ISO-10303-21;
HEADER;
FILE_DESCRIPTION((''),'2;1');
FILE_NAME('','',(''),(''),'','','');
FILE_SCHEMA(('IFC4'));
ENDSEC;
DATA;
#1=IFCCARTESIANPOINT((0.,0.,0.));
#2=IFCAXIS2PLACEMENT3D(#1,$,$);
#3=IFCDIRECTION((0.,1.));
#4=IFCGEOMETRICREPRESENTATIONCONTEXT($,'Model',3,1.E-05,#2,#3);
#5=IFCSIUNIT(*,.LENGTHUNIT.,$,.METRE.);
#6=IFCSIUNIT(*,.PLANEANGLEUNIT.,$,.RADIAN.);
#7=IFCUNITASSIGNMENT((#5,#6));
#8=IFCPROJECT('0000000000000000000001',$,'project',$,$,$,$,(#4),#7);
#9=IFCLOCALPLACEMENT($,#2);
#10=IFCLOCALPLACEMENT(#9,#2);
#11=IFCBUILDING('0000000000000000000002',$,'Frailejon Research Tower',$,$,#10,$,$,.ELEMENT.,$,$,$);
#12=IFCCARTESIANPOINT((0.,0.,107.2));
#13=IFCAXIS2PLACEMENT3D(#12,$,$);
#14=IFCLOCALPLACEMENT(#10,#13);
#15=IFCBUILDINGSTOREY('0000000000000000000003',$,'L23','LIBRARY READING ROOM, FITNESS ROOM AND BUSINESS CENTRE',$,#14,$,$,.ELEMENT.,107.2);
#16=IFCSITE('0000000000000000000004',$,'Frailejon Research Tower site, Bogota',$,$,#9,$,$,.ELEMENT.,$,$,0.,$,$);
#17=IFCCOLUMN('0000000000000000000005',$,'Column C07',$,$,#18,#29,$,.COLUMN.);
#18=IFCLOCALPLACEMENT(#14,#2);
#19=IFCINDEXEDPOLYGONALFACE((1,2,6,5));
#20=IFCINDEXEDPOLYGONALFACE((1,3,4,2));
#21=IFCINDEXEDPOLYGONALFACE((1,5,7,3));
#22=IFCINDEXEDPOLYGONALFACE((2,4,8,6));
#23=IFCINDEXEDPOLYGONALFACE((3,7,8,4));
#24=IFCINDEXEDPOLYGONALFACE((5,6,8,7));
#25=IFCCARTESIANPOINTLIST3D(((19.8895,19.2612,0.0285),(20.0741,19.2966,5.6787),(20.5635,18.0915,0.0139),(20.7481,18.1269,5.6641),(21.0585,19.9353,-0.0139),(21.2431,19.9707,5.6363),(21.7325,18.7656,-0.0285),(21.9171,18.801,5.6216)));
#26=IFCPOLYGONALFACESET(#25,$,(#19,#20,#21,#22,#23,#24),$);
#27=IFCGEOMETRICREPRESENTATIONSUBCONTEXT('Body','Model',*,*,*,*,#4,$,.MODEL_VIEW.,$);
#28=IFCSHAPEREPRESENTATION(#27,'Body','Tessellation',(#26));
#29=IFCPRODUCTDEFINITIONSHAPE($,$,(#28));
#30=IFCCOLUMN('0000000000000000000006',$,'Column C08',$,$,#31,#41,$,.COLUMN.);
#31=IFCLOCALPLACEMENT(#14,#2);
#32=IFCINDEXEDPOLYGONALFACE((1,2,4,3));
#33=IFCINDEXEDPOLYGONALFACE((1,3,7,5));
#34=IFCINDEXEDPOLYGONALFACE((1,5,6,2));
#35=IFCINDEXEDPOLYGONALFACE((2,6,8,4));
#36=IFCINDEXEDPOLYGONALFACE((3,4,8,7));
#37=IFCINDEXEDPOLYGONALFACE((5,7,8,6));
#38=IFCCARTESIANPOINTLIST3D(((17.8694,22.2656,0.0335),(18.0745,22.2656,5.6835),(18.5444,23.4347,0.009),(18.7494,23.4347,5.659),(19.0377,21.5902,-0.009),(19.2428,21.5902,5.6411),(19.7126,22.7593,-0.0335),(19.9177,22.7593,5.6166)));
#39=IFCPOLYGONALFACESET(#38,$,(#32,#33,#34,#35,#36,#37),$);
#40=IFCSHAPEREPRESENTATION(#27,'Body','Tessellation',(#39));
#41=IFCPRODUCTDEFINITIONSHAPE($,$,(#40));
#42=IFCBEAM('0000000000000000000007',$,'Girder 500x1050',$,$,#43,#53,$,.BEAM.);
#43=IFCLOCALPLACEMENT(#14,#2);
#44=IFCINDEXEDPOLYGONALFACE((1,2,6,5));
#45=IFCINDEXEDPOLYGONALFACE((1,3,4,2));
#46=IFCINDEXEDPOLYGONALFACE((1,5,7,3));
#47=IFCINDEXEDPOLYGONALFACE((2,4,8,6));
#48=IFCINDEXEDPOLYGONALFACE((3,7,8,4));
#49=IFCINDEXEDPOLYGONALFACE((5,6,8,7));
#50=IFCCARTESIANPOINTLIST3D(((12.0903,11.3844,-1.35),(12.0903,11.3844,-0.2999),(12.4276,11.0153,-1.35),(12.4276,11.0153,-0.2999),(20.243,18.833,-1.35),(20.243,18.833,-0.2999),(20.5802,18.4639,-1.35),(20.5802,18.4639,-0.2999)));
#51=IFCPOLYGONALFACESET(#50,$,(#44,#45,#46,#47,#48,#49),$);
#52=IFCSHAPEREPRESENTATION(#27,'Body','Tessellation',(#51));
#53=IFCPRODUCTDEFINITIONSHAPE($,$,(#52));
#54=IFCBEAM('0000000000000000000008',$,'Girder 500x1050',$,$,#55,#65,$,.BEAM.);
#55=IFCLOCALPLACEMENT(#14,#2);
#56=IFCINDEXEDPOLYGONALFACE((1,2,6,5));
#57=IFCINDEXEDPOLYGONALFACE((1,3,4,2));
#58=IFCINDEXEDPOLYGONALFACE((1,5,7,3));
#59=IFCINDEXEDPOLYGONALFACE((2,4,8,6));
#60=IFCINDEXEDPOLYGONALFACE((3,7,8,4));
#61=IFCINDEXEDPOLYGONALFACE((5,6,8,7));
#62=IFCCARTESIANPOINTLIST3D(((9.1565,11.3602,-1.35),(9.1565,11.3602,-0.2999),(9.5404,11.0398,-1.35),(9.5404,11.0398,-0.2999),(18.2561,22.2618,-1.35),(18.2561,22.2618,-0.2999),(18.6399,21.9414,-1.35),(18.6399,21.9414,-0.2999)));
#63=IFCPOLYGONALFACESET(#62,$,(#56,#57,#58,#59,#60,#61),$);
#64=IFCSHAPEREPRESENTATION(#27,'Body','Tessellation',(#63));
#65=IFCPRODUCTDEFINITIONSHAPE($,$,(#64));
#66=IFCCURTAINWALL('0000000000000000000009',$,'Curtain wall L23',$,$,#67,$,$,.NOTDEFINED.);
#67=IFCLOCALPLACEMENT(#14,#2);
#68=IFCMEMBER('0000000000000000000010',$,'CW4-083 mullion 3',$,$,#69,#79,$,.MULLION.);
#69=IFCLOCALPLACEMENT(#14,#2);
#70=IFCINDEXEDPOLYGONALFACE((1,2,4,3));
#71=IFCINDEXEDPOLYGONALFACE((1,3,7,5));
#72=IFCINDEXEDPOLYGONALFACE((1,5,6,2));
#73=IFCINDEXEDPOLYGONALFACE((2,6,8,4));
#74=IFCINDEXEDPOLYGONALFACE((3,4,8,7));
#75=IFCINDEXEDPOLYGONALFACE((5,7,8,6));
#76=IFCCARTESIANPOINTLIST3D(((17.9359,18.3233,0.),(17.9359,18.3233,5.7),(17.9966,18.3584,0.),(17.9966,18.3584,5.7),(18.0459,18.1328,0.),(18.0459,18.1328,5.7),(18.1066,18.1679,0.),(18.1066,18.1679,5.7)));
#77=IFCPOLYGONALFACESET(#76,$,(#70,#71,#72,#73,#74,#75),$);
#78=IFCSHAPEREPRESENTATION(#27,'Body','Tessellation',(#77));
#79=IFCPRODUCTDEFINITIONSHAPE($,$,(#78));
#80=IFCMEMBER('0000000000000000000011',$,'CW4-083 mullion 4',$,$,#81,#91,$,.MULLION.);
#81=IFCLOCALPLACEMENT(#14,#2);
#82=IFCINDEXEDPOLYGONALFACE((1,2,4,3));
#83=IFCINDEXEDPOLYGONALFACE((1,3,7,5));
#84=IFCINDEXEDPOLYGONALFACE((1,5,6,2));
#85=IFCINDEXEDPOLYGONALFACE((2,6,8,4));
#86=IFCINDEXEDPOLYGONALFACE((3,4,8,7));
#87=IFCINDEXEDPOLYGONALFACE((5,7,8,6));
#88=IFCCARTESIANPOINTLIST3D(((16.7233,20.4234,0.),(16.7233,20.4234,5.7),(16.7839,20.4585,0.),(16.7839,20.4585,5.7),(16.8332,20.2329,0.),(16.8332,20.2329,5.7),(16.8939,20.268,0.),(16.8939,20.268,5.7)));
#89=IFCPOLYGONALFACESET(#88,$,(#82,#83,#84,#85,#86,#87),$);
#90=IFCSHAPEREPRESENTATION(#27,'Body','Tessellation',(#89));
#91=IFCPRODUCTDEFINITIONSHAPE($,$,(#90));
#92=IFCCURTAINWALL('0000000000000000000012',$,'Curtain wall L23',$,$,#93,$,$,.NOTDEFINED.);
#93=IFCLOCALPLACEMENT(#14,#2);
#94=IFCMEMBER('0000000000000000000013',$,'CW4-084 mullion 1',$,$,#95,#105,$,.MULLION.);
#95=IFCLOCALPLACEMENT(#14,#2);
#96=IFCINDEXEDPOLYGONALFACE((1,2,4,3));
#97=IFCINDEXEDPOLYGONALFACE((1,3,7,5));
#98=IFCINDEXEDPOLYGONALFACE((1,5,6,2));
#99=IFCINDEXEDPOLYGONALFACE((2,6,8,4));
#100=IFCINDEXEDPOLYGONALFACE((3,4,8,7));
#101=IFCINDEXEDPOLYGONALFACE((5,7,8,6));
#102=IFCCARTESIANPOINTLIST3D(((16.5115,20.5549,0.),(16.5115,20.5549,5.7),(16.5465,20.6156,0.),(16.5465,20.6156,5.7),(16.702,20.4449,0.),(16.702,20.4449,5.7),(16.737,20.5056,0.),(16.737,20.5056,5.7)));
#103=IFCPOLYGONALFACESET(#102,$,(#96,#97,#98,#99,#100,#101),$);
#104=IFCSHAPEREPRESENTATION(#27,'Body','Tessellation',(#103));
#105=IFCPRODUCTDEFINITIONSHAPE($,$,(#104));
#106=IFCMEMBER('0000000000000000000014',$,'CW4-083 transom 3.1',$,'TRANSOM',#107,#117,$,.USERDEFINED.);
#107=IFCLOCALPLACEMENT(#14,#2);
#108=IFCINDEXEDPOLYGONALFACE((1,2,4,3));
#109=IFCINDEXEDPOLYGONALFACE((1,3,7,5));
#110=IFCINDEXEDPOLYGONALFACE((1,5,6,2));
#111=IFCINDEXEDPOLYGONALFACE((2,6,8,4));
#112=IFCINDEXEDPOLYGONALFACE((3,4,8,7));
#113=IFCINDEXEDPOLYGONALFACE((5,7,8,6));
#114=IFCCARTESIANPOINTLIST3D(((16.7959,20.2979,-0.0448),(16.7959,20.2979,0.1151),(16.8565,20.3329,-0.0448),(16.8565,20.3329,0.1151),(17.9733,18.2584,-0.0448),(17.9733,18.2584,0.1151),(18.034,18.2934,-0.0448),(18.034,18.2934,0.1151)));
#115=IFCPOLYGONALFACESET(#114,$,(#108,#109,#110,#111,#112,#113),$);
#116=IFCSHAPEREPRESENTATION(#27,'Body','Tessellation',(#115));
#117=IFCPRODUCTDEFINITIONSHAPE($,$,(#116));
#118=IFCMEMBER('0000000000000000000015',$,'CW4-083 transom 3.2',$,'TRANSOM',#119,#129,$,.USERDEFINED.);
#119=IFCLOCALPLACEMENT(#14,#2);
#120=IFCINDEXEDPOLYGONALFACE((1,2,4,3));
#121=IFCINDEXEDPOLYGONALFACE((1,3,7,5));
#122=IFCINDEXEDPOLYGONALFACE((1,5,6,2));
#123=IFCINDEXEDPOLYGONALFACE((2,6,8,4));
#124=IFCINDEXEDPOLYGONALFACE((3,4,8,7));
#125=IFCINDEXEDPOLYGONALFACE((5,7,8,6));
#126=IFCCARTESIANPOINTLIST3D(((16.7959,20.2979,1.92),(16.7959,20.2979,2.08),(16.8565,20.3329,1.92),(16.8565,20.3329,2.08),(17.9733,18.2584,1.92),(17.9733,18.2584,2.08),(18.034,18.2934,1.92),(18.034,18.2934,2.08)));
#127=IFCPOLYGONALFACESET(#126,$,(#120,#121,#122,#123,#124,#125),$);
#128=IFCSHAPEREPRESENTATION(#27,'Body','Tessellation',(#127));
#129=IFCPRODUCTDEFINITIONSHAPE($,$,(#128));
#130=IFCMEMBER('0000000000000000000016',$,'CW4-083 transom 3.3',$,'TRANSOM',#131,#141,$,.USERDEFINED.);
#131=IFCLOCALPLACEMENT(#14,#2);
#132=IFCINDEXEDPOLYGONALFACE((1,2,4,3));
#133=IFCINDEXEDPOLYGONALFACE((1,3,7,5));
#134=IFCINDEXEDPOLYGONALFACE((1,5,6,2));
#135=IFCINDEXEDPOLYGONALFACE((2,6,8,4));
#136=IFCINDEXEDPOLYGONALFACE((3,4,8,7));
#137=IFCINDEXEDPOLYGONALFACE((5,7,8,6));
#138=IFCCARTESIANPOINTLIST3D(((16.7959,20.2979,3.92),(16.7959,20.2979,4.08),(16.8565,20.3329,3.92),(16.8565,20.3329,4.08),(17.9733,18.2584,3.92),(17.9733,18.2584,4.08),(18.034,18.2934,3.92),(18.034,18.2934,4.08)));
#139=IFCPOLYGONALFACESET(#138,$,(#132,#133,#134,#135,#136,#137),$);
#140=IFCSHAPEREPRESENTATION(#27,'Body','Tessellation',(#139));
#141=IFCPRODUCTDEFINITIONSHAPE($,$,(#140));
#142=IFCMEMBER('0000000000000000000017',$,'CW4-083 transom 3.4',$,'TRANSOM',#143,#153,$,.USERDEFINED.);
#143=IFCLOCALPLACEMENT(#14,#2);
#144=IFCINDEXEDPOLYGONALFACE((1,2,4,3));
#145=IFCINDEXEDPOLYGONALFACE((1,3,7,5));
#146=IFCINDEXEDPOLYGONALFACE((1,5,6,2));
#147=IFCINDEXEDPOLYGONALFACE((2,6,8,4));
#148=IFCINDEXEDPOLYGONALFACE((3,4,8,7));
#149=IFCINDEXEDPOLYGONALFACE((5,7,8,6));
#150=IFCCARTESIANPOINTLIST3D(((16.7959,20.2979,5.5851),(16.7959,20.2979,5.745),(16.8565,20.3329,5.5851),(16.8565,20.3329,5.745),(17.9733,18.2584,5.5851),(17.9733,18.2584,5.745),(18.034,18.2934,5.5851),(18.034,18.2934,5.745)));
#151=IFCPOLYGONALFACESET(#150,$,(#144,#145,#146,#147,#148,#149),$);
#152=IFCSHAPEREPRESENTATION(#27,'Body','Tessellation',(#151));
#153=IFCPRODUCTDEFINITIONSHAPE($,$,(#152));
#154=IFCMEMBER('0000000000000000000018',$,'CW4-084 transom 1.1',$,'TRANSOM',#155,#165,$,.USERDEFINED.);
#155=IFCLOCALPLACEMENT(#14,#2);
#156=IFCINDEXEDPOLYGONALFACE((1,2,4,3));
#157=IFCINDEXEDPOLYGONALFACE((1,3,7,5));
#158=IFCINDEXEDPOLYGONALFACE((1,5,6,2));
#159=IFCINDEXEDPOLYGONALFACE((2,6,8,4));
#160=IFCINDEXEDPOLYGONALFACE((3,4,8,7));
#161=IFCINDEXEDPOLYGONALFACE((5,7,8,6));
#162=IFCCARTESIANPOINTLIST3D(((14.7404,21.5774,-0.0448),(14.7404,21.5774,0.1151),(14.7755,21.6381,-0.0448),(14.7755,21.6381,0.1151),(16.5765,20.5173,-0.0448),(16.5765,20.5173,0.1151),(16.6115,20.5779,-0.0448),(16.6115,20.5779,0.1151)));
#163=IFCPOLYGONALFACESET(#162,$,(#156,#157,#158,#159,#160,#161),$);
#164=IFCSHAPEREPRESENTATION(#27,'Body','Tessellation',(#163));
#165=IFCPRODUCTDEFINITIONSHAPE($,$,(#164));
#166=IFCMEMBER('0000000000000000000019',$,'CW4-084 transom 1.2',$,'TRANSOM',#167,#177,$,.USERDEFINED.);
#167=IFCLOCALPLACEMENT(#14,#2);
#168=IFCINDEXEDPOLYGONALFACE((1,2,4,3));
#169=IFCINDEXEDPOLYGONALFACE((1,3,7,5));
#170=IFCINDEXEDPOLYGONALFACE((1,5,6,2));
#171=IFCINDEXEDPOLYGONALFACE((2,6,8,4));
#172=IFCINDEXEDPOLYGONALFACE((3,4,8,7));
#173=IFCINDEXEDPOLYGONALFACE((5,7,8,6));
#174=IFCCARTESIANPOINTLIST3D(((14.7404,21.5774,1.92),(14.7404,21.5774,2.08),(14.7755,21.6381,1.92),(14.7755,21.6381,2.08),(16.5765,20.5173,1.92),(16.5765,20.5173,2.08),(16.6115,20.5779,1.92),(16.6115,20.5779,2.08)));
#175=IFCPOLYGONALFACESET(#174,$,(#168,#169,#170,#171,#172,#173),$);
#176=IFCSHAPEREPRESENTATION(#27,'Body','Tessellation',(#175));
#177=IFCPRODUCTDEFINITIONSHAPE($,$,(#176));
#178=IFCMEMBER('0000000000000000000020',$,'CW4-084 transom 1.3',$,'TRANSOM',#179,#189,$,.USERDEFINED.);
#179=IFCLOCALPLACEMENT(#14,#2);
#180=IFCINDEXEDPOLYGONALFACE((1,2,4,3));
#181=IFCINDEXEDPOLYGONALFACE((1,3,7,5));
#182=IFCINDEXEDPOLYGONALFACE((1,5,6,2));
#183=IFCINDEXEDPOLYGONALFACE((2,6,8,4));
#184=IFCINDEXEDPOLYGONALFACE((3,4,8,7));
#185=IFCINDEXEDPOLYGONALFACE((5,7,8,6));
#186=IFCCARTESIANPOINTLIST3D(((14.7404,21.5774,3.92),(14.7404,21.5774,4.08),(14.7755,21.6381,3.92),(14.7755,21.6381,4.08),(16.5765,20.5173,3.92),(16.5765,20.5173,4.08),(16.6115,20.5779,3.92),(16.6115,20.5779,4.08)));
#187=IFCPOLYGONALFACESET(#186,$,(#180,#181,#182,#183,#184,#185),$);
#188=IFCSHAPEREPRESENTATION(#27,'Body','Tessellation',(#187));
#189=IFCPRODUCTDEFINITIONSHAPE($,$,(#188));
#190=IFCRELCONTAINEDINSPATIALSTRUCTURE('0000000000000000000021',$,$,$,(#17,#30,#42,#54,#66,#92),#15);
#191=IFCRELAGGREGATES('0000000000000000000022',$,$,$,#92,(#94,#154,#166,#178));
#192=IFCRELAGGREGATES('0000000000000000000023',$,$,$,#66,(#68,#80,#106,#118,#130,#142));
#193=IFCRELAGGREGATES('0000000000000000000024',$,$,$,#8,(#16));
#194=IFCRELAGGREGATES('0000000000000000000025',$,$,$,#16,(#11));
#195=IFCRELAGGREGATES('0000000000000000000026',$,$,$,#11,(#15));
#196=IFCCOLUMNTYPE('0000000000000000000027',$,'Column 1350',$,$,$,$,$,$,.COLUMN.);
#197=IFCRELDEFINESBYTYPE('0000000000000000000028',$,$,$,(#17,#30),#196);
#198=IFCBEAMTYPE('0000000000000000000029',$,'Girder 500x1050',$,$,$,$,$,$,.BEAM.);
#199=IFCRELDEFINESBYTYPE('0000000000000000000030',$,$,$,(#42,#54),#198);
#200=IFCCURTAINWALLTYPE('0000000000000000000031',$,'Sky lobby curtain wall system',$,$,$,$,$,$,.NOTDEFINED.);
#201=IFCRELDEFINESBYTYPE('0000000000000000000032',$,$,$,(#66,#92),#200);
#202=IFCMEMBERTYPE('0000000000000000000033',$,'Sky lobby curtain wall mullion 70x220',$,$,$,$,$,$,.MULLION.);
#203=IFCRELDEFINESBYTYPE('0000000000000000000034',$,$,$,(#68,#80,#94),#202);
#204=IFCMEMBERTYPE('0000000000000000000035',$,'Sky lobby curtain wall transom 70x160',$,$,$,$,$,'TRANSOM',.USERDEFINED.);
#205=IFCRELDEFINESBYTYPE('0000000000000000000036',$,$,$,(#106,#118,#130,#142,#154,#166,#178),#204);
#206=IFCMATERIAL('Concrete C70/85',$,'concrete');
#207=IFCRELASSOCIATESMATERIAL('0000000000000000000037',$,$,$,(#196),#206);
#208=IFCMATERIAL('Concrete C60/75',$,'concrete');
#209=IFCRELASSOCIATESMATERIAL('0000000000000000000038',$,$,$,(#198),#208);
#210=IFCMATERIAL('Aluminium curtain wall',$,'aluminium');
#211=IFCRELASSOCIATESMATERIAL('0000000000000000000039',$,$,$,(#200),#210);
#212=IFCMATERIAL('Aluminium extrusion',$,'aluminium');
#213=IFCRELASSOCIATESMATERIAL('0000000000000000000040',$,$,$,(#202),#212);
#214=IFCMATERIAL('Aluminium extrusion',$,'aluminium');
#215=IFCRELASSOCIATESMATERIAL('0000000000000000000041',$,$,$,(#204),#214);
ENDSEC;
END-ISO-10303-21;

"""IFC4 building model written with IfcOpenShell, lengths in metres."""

from ifc_helpers import new_model, si_unit, direction, frame, origin, origin_2d, place, context, subcontext, project, spatial, rectangle, extrude, material, material_profile, profile_set, type_object, element, aggregate, save


model = new_model("IFC4")

# Units and contexts
model_context = context("Model", 3, precision=1e-05, world=origin(), true_north=direction((0.0, 1.0)))
body_context = subcontext(model_context, "Body", "Model", "MODEL_VIEW")
ifc_project = project(units=[si_unit("LENGTHUNIT", "METRE"), si_unit("PLANEANGLEUNIT", "RADIAN")], contexts=[model_context])

# Site, building, storey
site_placement = place(None, origin())
site = spatial("IfcSite", under=ifc_project, at=site_placement, Name="Frailejon Research Tower site, Bogota", CompositionType="ELEMENT", RefElevation=0.0)
building_placement = place(site_placement, origin())
building = spatial("IfcBuilding", under=site, at=building_placement, Name="Frailejon Research Tower", CompositionType="ELEMENT")
storey_placement = place(building_placement, frame((0.0, 0.0, 107.2)))
storey = spatial("IfcBuildingStorey", under=building, at=storey_placement, Name="L23", Description="LIBRARY READING ROOM, FITNESS ROOM AND BUSINESS CENTRE", CompositionType="ELEMENT", Elevation=107.2)

# Columns
ifc_material_1 = material(Name="Concrete C70/85", Category="concrete")
ifc_material_profile_1 = material_profile(ifc_material_1, rectangle(XDim=1.3501, YDim=1.3501, at=origin_2d()), Name="Column 1350")
ifc_profile_set_1 = profile_set([ifc_material_profile_1], Name="Concrete C70/85")
column_type = type_object("IfcColumnType", Name="Column 1350", PredefinedType="COLUMN", material=ifc_profile_set_1)
column_1_placement = place(storey_placement, frame((20.811, 19.0134, 0.0), z_axis=(0.032648, 0.006262, 0.999447), x_axis=(-0.499216, 0.866409, 0.010879)))
element("IfcColumn", 1, at=column_1_placement, inside=storey, type_object=column_type, Name="Column C07", PredefinedType="COLUMN", context=body_context, shape_type="SweptSolid", body=[
    extrude(rectangle(XDim=1.3501, YDim=1.3501, at=origin_2d()), origin(), (0.0, 0.0, 1.0), 5.6533),
])
column_2_placement = place(storey_placement, frame((18.791, 22.5125, 0.0), z_axis=(0.036272, 0.0, 0.999342), x_axis=(-0.865313, 0.500246, 0.031407)))
element("IfcColumn", 2, at=column_2_placement, inside=storey, type_object=column_type, Name="Column C08", PredefinedType="COLUMN", context=body_context, shape_type="SweptSolid", body=[
    extrude(rectangle(XDim=1.3501, YDim=1.3501, at=origin_2d()), origin(), (0.0, 0.0, 1.0), 5.6538),
])

# Beams
ifc_material_2 = material(Name="Concrete C60/75", Category="concrete")
ifc_material_profile_2 = material_profile(ifc_material_2, rectangle(XDim=0.5, YDim=1.05, at=origin_2d()), Name="Girder 500x1050")
ifc_profile_set_2 = profile_set([ifc_material_profile_2], Name="Concrete C60/75")
beam_type_1 = type_object("IfcBeamType", Name="Girder 500x1050", PredefinedType="BEAM", material=ifc_profile_set_2)
beam_1_placement = place(storey_placement, frame((20.4116, 18.6484, -0.825), z_axis=(-0.738268, -0.674507, 0.0), x_axis=(0.674507, -0.738268, 0.0)))
element("IfcBeam", 3, at=beam_1_placement, inside=storey, type_object=beam_type_1, Name="Girder 500x1050", PredefinedType="BEAM", context=body_context, shape_type="SweptSolid", body=[
    extrude(rectangle(XDim=0.5, YDim=1.05, at=origin_2d()), origin(), (0.0, 0.0, 1.0), 11.043),
])
beam_2_placement = place(storey_placement, frame((18.448, 22.1016, -0.825), z_axis=(-0.640805, -0.767704, 0.0), x_axis=(0.767704, -0.640805, 0.0)))
element("IfcBeam", 4, at=beam_2_placement, inside=storey, type_object=beam_type_1, Name="Girder 500x1050", PredefinedType="BEAM", context=body_context, shape_type="SweptSolid", body=[
    extrude(rectangle(XDim=0.5, YDim=1.05, at=origin_2d()), origin(), (0.0, 0.0, 1.0), 14.2002),
])

# Curtain wall, members
ifc_material_3 = material(Name="Aluminium curtain wall", Category="aluminium")
curtain_wall_type = type_object("IfcCurtainWallType", Name="Sky lobby curtain wall system", PredefinedType="NOTDEFINED", material=ifc_material_3)
curtain_wall_1_placement = place(storey_placement, origin())
curtain_wall_1 = element("IfcCurtainWall", 5, at=curtain_wall_1_placement, inside=storey, type_object=curtain_wall_type, Name="Curtain wall L23", PredefinedType="NOTDEFINED")
ifc_material_4 = material(Name="Aluminium extrusion", Category="aluminium")
ifc_material_profile_3 = material_profile(ifc_material_4, rectangle(XDim=0.0701, YDim=0.22, at=origin_2d()), Name="Sky lobby curtain wall mullion 70x220")
ifc_profile_set_3 = profile_set([ifc_material_profile_3], Name="Aluminium extrusion")
member_type_1 = type_object("IfcMemberType", Name="Sky lobby curtain wall mullion 70x220", PredefinedType="MULLION", material=ifc_profile_set_3)
member_1_placement = place(storey_placement, frame((18.0212, 18.2456, 0.0), z_axis=(0.0, 0.0, 1.0), x_axis=(-0.866028, -0.499995, 0.0)))
member_1 = element("IfcMember", 6, at=member_1_placement, type_object=member_type_1, Name="CW4-083 mullion 3", PredefinedType="MULLION", context=body_context, shape_type="SweptSolid", body=[
    extrude(rectangle(XDim=0.0701, YDim=0.22, at=origin_2d()), origin(), (0.0, 0.0, 1.0), 5.7),
])
member_2_placement = place(storey_placement, frame((16.8086, 20.3457, 0.0), z_axis=(0.0, 0.0, 1.0), x_axis=(-0.866028, -0.499995, 0.0)))
member_2 = element("IfcMember", 7, at=member_2_placement, type_object=member_type_1, Name="CW4-083 mullion 4", PredefinedType="MULLION", context=body_context, shape_type="SweptSolid", body=[
    extrude(rectangle(XDim=0.0701, YDim=0.22, at=origin_2d()), origin(), (0.0, 0.0, 1.0), 5.7),
])

# Curtain wall, member
curtain_wall_2_placement = place(storey_placement, origin())
curtain_wall_2 = element("IfcCurtainWall", 8, at=curtain_wall_2_placement, inside=storey, type_object=curtain_wall_type, Name="Curtain wall L23", PredefinedType="NOTDEFINED")
member_3_placement = place(storey_placement, frame((16.6243, 20.5303, 0.0), z_axis=(0.0, 0.0, 1.0), x_axis=(-0.499998, -0.866026, 0.0)))
member_3 = element("IfcMember", 9, at=member_3_placement, type_object=member_type_1, Name="CW4-084 mullion 1", PredefinedType="MULLION", context=body_context, shape_type="SweptSolid", body=[
    extrude(rectangle(XDim=0.0701, YDim=0.22, at=origin_2d()), origin(), (0.0, 0.0, 1.0), 5.7),
])

# Members
ifc_material_5 = material(Name="Aluminium extrusion", Category="aluminium")
ifc_material_profile_4 = material_profile(ifc_material_5, rectangle(XDim=0.0701, YDim=0.1599, at=origin_2d()), Name="Sky lobby curtain wall transom 70x160")
ifc_profile_set_4 = profile_set([ifc_material_profile_4], Name="Aluminium extrusion")
member_type_2 = type_object("IfcMemberType", Name="Sky lobby curtain wall transom 70x160", ElementType="TRANSOM", PredefinedType="USERDEFINED", material=ifc_profile_set_4)
member_4_placement = place(storey_placement, frame((18.0037, 18.2759, 0.0352), z_axis=(-0.499986, 0.866034, 0.0), x_axis=(-0.866034, -0.499986, 0.0)))
member_4 = element("IfcMember", 10, at=member_4_placement, type_object=member_type_2, Name="CW4-083 transom 3.1", ObjectType="TRANSOM", PredefinedType="USERDEFINED", context=body_context, shape_type="SweptSolid", body=[
    extrude(rectangle(XDim=0.0701, YDim=0.1599, at=origin_2d()), origin(), (0.0, 0.0, 1.0), 2.355),
])
member_5_placement = place(storey_placement, frame((18.0037, 18.2759, 2.0), z_axis=(-0.499986, 0.866034, 0.0), x_axis=(-0.866034, -0.499986, 0.0)))
member_5 = element("IfcMember", 11, at=member_5_placement, type_object=member_type_2, Name="CW4-083 transom 3.2", ObjectType="TRANSOM", PredefinedType="USERDEFINED", context=body_context, shape_type="SweptSolid", body=[
    extrude(rectangle(XDim=0.0701, YDim=0.1599, at=origin_2d()), origin(), (0.0, 0.0, 1.0), 2.355),
])
member_6_placement = place(storey_placement, frame((18.0037, 18.2759, 4.0), z_axis=(-0.499986, 0.866034, 0.0), x_axis=(-0.866034, -0.499986, 0.0)))
member_6 = element("IfcMember", 12, at=member_6_placement, type_object=member_type_2, Name="CW4-083 transom 3.3", ObjectType="TRANSOM", PredefinedType="USERDEFINED", context=body_context, shape_type="SweptSolid", body=[
    extrude(rectangle(XDim=0.0701, YDim=0.1599, at=origin_2d()), origin(), (0.0, 0.0, 1.0), 2.355),
])
member_7_placement = place(storey_placement, frame((18.0037, 18.2759, 5.665), z_axis=(-0.499986, 0.866034, 0.0), x_axis=(-0.866034, -0.499986, 0.0)))
member_7 = element("IfcMember", 13, at=member_7_placement, type_object=member_type_2, Name="CW4-083 transom 3.4", ObjectType="TRANSOM", PredefinedType="USERDEFINED", context=body_context, shape_type="SweptSolid", body=[
    extrude(rectangle(XDim=0.0701, YDim=0.1599, at=origin_2d()), origin(), (0.0, 0.0, 1.0), 2.355),
])
member_8_placement = place(storey_placement, frame((16.594, 20.5476, 0.0352), z_axis=(-0.866009, 0.500028, 0.0), x_axis=(-0.500028, -0.866009, 0.0)))
member_8 = element("IfcMember", 14, at=member_8_placement, type_object=member_type_2, Name="CW4-084 transom 1.1", ObjectType="TRANSOM", PredefinedType="USERDEFINED", context=body_context, shape_type="SweptSolid", body=[
    extrude(rectangle(XDim=0.0701, YDim=0.1599, at=origin_2d()), origin(), (0.0, 0.0, 1.0), 2.1201),
])
member_9_placement = place(storey_placement, frame((16.594, 20.5476, 2.0), z_axis=(-0.866009, 0.500028, 0.0), x_axis=(-0.500028, -0.866009, 0.0)))
member_9 = element("IfcMember", 15, at=member_9_placement, type_object=member_type_2, Name="CW4-084 transom 1.2", ObjectType="TRANSOM", PredefinedType="USERDEFINED", context=body_context, shape_type="SweptSolid", body=[
    extrude(rectangle(XDim=0.0701, YDim=0.1599, at=origin_2d()), origin(), (0.0, 0.0, 1.0), 2.1201),
])
member_10_placement = place(storey_placement, frame((16.594, 20.5476, 4.0), z_axis=(-0.866009, 0.500028, 0.0), x_axis=(-0.500028, -0.866009, 0.0)))
member_10 = element("IfcMember", 16, at=member_10_placement, type_object=member_type_2, Name="CW4-084 transom 1.3", ObjectType="TRANSOM", PredefinedType="USERDEFINED", context=body_context, shape_type="SweptSolid", body=[
    extrude(rectangle(XDim=0.0701, YDim=0.1599, at=origin_2d()), origin(), (0.0, 0.0, 1.0), 2.1201),
])
aggregate(curtain_wall_2, [member_3, member_8, member_9, member_10])

aggregate(curtain_wall_1, [member_1, member_2, member_4, member_5, member_6, member_7])

save(model, "model.ifc")
